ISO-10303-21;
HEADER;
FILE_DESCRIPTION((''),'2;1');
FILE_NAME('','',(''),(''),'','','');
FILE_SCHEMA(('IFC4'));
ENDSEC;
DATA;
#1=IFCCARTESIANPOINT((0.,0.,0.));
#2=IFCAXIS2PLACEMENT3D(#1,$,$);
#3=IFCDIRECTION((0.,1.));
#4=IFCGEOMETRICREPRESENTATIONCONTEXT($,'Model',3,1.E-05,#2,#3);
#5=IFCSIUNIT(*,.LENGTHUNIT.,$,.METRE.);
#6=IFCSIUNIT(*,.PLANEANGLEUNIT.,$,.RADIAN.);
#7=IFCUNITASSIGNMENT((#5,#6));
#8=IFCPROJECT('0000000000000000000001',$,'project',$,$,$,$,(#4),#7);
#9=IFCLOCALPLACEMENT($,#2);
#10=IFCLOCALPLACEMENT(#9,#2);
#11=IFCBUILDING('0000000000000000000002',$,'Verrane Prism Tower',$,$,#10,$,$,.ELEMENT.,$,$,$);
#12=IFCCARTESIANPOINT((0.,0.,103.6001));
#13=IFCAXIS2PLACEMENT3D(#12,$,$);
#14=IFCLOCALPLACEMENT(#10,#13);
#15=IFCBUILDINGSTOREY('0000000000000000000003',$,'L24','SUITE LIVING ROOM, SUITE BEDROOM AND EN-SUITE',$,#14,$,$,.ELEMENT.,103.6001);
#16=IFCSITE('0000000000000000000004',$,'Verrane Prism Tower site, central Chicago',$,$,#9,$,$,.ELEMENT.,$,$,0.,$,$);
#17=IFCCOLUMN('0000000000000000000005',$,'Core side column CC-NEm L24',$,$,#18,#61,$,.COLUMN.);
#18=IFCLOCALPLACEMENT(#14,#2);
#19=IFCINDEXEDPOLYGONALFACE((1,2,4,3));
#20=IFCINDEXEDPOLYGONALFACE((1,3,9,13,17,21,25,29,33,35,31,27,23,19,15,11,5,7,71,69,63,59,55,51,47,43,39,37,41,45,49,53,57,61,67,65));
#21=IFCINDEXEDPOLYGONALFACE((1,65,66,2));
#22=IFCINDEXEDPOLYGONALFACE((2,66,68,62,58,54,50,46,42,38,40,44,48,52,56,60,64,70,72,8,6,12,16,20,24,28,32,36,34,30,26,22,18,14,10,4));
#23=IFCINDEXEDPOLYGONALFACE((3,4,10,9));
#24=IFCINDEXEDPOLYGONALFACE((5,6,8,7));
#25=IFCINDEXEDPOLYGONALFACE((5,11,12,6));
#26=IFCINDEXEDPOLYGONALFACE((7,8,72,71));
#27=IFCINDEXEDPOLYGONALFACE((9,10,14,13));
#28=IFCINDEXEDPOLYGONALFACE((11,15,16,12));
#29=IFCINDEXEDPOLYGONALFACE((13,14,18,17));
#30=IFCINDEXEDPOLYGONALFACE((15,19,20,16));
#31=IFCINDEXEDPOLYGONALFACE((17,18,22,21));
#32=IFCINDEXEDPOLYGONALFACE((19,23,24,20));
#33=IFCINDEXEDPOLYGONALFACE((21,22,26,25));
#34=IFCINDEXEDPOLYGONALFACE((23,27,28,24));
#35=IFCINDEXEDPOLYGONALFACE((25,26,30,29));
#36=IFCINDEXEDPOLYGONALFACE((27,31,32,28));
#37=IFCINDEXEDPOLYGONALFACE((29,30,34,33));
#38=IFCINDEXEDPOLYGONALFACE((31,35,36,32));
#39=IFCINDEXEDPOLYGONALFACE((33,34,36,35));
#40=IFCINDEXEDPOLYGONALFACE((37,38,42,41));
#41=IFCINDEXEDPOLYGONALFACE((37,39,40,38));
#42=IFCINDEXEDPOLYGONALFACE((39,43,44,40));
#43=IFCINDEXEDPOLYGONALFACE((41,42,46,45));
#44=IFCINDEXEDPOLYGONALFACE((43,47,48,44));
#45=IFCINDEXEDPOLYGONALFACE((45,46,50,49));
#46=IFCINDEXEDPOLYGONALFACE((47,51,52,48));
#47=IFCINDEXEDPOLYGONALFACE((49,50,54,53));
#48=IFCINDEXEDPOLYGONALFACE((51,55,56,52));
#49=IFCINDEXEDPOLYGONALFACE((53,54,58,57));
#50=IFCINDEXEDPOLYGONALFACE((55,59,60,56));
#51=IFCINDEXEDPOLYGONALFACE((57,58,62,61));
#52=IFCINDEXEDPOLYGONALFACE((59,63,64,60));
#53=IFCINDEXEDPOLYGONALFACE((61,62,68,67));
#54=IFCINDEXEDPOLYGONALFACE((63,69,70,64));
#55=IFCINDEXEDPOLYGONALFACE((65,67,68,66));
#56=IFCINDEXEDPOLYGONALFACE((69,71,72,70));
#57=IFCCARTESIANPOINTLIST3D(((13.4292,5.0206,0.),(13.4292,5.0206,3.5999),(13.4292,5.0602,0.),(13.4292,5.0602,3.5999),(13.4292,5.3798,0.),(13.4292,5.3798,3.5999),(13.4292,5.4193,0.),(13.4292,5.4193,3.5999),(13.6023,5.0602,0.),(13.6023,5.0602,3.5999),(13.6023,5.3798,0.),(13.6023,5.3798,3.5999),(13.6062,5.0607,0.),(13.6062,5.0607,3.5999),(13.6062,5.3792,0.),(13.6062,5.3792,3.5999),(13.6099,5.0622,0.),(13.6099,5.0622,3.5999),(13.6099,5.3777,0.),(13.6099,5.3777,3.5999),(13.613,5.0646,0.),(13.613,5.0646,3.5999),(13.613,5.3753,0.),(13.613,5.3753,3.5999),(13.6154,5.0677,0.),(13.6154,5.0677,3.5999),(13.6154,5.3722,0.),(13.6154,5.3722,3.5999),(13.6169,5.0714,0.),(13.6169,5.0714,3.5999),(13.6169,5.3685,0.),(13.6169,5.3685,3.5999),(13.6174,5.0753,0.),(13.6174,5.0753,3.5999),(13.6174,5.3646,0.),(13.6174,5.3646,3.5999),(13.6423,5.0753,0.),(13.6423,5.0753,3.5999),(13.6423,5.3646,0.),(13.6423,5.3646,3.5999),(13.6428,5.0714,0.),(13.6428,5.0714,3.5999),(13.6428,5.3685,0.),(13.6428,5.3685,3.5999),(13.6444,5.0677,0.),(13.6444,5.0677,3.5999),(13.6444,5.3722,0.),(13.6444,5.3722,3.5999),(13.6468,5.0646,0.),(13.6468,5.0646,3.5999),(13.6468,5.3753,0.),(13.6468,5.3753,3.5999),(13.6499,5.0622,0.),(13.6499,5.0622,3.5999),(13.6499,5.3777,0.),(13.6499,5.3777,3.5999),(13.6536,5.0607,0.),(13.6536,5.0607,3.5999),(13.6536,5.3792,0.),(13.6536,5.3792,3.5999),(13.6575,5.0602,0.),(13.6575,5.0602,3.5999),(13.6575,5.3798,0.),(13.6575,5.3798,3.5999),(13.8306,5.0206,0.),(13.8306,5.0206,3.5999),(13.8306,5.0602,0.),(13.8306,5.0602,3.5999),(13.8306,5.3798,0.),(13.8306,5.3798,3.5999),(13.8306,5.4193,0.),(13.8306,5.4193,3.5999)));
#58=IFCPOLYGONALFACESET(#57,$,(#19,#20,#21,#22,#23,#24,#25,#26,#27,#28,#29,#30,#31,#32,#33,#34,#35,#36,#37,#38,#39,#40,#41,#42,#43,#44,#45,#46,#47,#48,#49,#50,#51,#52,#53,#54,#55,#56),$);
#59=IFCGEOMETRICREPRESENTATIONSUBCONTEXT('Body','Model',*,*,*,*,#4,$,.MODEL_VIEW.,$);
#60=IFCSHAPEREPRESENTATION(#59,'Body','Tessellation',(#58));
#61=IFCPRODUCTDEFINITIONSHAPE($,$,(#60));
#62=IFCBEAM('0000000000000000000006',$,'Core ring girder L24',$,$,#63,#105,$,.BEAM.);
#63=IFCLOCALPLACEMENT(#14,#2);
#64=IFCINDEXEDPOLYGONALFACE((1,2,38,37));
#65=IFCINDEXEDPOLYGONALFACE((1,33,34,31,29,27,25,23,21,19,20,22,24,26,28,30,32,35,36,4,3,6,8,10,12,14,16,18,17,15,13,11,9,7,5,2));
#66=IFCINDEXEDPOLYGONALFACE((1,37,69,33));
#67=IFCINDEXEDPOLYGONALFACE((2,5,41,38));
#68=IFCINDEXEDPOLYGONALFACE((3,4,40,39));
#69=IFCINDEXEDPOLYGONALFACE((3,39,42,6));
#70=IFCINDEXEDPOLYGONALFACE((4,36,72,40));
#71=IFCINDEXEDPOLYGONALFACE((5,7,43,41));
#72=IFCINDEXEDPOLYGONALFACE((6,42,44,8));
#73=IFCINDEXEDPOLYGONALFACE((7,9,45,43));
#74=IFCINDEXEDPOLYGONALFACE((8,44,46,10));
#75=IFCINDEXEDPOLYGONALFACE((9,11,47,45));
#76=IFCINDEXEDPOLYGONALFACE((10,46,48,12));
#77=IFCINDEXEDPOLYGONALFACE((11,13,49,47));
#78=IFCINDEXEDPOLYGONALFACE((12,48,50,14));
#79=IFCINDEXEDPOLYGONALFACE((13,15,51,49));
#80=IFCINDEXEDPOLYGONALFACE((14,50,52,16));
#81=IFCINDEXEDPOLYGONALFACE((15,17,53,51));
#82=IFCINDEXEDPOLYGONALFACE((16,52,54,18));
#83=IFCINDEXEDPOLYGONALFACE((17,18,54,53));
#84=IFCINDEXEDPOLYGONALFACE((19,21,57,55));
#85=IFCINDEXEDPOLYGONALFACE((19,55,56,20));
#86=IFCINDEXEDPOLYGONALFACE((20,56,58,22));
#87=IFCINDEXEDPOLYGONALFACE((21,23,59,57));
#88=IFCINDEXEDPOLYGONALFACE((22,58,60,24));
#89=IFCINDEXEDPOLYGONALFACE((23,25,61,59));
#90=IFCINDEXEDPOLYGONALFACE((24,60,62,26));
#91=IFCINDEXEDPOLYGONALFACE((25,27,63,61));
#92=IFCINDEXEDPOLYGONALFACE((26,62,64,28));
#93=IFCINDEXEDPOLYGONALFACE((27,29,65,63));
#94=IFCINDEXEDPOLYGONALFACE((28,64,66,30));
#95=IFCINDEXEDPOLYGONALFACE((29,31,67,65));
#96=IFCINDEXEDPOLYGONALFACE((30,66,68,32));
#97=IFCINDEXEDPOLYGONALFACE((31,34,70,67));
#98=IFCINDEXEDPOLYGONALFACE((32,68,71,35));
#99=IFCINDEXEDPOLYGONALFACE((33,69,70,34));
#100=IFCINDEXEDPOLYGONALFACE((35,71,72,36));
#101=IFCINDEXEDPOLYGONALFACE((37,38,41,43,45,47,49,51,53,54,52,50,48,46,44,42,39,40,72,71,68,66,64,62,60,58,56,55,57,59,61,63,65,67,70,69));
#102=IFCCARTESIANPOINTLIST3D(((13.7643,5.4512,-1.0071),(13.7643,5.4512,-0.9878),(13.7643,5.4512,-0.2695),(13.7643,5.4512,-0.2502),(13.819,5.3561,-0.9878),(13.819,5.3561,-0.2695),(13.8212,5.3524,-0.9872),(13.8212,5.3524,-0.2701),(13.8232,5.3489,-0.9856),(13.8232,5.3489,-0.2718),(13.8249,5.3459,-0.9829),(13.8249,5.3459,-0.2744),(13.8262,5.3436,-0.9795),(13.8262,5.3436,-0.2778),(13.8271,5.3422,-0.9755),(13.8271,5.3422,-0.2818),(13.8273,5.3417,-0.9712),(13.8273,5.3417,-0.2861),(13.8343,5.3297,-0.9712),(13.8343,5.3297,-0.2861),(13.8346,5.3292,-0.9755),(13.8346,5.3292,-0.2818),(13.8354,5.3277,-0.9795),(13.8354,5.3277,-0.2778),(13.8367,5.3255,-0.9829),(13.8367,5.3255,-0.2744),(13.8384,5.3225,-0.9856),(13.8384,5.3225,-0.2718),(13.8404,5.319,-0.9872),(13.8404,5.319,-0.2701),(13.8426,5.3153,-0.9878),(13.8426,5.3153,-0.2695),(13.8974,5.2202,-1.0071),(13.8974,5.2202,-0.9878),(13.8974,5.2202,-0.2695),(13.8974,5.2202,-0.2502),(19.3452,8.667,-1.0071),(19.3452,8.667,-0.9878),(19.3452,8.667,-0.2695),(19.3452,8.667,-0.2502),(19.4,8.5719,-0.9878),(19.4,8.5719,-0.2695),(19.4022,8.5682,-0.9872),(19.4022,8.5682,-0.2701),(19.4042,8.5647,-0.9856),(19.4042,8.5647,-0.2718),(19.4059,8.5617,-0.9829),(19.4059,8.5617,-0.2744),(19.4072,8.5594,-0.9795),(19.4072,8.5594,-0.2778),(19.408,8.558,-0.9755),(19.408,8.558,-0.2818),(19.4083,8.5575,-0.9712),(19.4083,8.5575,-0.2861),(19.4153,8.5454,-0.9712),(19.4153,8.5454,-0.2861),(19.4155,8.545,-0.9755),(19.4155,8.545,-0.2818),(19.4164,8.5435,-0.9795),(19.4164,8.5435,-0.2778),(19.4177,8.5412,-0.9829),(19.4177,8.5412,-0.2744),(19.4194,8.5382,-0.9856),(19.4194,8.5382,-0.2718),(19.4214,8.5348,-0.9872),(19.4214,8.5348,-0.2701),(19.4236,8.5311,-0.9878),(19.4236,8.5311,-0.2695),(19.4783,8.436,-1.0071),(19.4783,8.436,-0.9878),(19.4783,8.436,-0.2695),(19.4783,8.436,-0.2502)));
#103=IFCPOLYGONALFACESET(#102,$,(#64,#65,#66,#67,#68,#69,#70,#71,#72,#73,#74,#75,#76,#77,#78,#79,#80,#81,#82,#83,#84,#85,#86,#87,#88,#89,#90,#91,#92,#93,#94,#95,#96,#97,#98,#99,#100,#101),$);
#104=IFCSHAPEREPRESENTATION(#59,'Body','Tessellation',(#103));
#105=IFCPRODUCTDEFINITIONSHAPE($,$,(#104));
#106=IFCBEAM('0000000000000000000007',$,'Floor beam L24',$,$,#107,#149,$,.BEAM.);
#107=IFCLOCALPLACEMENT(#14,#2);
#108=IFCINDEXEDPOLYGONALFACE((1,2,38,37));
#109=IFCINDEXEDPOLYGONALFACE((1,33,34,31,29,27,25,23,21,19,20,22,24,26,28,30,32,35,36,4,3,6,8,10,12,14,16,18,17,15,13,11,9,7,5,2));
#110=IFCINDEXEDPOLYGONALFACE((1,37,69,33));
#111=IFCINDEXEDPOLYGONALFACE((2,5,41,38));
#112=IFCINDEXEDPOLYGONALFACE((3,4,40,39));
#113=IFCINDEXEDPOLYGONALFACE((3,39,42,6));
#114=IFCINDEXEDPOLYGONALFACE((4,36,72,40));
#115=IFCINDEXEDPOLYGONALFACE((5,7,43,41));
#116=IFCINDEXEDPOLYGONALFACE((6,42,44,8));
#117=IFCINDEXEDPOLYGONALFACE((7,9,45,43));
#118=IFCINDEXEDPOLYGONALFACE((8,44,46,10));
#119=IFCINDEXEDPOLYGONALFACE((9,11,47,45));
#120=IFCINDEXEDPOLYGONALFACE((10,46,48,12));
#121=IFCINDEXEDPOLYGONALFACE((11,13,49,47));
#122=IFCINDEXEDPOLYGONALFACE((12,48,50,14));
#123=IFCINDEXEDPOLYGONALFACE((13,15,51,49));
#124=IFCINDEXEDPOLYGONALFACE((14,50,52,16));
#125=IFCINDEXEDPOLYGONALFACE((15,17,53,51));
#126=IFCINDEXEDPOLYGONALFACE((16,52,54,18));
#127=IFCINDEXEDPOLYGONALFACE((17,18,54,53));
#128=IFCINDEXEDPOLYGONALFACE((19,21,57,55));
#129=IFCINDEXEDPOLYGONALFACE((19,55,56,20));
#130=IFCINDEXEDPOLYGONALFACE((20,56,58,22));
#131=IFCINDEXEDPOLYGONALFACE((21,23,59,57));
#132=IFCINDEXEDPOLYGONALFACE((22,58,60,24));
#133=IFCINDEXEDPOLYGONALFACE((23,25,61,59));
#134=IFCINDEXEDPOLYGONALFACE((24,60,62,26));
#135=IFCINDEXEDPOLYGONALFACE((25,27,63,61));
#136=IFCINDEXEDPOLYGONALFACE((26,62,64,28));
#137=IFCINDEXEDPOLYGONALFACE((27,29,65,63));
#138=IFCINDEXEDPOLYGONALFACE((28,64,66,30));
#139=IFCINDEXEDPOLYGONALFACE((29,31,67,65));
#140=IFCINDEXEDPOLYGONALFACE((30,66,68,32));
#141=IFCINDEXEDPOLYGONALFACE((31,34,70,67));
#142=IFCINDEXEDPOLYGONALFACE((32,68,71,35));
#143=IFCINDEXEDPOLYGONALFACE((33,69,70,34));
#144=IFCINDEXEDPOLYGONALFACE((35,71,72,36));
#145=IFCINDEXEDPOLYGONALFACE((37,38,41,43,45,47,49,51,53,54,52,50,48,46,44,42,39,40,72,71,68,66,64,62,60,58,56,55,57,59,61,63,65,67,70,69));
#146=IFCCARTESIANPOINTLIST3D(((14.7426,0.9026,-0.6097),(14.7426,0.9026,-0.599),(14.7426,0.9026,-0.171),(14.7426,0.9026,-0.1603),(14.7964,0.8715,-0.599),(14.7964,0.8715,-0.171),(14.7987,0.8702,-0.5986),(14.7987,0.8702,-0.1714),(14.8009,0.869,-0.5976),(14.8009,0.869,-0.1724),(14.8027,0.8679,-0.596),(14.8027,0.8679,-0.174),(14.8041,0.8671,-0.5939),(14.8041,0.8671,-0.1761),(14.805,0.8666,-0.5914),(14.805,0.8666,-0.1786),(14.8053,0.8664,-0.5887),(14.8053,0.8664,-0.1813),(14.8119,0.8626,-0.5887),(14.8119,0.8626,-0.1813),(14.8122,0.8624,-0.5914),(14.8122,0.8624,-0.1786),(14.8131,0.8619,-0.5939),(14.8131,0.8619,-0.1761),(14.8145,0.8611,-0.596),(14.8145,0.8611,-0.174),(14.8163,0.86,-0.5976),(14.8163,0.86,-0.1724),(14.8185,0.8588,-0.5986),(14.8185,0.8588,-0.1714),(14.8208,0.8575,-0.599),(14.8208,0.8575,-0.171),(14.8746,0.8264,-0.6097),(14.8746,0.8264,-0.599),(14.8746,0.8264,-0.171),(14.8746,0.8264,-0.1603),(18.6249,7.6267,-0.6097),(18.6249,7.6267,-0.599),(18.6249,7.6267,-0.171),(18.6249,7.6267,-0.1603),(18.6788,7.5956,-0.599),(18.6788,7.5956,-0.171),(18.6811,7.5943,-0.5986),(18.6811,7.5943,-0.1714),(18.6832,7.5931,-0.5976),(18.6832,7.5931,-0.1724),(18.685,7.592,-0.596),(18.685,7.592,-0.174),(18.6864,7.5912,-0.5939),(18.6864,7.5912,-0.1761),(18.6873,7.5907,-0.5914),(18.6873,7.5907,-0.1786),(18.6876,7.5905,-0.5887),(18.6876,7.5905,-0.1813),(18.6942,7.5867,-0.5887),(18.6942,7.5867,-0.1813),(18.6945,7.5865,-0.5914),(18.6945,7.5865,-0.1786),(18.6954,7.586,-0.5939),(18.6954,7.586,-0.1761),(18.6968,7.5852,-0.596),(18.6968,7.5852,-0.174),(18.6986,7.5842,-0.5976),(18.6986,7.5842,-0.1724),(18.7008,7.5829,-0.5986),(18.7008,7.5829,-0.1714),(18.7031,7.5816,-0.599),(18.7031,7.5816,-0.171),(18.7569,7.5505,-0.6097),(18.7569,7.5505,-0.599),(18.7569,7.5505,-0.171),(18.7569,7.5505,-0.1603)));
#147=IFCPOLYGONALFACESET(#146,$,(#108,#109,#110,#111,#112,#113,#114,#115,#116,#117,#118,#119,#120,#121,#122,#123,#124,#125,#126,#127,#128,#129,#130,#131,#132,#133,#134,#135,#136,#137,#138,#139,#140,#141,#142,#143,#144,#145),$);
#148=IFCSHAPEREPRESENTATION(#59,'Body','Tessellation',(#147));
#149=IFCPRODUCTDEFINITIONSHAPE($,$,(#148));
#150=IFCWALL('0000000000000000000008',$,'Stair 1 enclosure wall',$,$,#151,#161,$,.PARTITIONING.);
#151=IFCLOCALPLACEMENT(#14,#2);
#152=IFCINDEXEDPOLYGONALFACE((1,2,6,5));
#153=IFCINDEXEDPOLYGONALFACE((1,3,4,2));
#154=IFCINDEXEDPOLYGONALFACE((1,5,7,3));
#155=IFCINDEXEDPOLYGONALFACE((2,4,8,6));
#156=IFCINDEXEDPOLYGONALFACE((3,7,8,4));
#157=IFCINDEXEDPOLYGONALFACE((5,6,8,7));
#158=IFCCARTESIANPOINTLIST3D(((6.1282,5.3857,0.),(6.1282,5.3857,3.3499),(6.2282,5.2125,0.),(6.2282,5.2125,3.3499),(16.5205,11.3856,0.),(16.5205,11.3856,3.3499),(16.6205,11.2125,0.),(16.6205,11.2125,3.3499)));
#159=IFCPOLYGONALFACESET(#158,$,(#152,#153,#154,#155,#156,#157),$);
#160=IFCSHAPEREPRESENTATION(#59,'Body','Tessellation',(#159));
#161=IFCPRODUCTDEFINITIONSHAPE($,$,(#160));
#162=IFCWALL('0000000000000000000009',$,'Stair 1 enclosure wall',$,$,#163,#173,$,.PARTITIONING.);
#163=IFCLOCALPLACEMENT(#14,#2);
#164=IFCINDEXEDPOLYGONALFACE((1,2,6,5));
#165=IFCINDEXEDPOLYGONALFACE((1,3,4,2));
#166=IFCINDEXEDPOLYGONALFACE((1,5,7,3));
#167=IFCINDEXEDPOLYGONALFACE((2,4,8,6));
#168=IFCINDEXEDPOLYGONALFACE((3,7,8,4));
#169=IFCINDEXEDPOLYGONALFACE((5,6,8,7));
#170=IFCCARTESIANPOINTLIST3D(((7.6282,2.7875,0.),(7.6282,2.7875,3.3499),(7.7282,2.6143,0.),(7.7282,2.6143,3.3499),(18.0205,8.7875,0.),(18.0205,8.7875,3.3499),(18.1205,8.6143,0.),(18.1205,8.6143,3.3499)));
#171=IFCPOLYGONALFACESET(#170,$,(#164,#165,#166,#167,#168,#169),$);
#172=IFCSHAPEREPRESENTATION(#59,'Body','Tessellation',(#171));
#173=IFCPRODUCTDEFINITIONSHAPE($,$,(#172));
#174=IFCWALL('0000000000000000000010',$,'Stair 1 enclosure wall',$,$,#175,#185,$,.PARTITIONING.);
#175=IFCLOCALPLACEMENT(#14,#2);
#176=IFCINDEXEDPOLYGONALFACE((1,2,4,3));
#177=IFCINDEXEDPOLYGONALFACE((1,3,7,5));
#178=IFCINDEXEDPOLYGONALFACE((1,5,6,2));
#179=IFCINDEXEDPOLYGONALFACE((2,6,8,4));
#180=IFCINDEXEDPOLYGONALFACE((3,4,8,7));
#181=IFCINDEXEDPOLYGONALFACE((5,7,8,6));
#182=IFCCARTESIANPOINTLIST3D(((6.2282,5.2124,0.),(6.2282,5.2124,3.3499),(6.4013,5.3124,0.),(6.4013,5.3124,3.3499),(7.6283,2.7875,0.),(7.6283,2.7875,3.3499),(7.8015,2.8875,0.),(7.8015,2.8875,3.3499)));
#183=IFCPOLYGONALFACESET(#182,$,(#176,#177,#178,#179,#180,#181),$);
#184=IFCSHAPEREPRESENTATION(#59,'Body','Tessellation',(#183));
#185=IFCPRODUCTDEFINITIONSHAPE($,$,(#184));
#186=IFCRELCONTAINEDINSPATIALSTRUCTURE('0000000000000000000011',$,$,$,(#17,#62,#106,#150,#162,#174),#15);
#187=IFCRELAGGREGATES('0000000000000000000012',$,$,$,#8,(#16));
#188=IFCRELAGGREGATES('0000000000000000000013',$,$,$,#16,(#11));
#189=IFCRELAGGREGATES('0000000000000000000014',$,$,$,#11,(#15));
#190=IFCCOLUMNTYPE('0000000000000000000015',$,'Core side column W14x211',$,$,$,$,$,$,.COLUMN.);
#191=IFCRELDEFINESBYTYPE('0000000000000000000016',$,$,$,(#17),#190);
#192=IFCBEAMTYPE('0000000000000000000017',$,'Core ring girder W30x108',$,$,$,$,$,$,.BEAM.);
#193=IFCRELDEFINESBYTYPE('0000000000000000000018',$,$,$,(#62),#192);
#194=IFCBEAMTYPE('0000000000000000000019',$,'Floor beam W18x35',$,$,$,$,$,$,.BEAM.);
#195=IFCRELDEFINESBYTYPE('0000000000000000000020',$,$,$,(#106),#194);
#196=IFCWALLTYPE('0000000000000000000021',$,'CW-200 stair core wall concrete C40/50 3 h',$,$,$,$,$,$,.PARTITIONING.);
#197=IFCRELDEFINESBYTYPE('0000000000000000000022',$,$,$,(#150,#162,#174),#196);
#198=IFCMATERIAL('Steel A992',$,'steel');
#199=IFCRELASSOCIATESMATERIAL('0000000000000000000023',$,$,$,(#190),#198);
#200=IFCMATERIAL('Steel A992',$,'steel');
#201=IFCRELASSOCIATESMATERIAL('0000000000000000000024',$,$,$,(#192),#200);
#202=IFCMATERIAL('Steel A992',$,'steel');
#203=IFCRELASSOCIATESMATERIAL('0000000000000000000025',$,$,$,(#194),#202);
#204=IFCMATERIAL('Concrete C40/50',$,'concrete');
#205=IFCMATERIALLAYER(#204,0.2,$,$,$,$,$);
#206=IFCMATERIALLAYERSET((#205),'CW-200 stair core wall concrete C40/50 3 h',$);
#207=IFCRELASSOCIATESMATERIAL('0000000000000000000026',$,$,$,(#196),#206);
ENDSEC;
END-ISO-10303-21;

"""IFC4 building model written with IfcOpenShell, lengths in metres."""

from ifc_helpers import new_model, si_unit, direction, frame, frame_2d, origin, origin_2d, place, context, subcontext, project, spatial, rectangle, i_section, extrude, material, layer, layer_set, material_profile, profile_set, type_object, element, save


model = new_model("IFC4")

# Units and contexts
model_context = context("Model", 3, precision=1e-05, world=origin(), true_north=direction((0.0, 1.0)))
body_context = subcontext(model_context, "Body", "Model", "MODEL_VIEW")
ifc_project = project(units=[si_unit("LENGTHUNIT", "METRE"), si_unit("PLANEANGLEUNIT", "RADIAN")], contexts=[model_context])

# Site, building, storey
site_placement = place(None, origin())
site = spatial("IfcSite", under=ifc_project, at=site_placement, Name="Verrane Prism Tower site, central Chicago", CompositionType="ELEMENT", RefElevation=0.0)
building_placement = place(site_placement, origin())
building = spatial("IfcBuilding", under=site, at=building_placement, Name="Verrane Prism Tower", CompositionType="ELEMENT")
storey_placement = place(building_placement, frame((0.0, 0.0, 103.6001)))
storey = spatial("IfcBuildingStorey", under=building, at=storey_placement, Name="L24", Description="SUITE LIVING ROOM, SUITE BEDROOM AND EN-SUITE", CompositionType="ELEMENT", Elevation=103.6001)

# Column
ifc_material_1 = material(Name="Steel A992", Category="steel")
ifc_material_profile_1 = material_profile(ifc_material_1, i_section(OverallWidth=0.4014, OverallDepth=0.3987, WebThickness=0.0249, FlangeThickness=0.0396, FilletRadius=0.0151, at=origin_2d()), Name="W14x211")
ifc_profile_set_1 = profile_set([ifc_material_profile_1], Name="Steel A992")
column_type = type_object("IfcColumnType", Name="Core side column W14x211", PredefinedType="COLUMN", material=ifc_profile_set_1)
column_placement = place(storey_placement, frame((13.6299, 5.22, 0.0), z_axis=(0.0, 0.0, 1.0), x_axis=(1.0, 0.0, 0.0)))
element("IfcColumn", 1, at=column_placement, inside=storey, type_object=column_type, Name="Core side column CC-NEm L24", PredefinedType="COLUMN", context=body_context, shape_type="SweptSolid", body=[
    extrude(i_section(OverallWidth=0.4014, OverallDepth=0.3987, WebThickness=0.0249, FlangeThickness=0.0396, FilletRadius=0.0151, at=origin_2d()), origin(), (0.0, 0.0, 1.0), 3.5999),
])

# Beams
ifc_material_2 = material(Name="Steel A992", Category="steel")
ifc_material_profile_2 = material_profile(ifc_material_2, i_section(OverallWidth=0.2666, OverallDepth=0.7568, WebThickness=0.0139, FlangeThickness=0.0193, FilletRadius=0.0166, at=origin_2d()), Name="W30x108")
ifc_profile_set_2 = profile_set([ifc_material_profile_2], Name="Steel A992")
beam_type_1 = type_object("IfcBeamType", Name="Core ring girder W30x108", PredefinedType="BEAM", material=ifc_profile_set_2)
beam_1_placement = place(storey_placement, frame((13.8308, 5.3357, -0.6287), z_axis=(0.866456, 0.499254, 0.0), x_axis=(-0.499254, 0.866456, 0.0)))
element("IfcBeam", 2, at=beam_1_placement, inside=storey, type_object=beam_type_1, Name="Core ring girder L24", PredefinedType="BEAM", context=body_context, shape_type="SweptSolid", body=[
    extrude(i_section(OverallWidth=0.2666, OverallDepth=0.7568, WebThickness=0.0139, FlangeThickness=0.0193, FilletRadius=0.0166, at=origin_2d()), origin(), (0.0, 0.0, 1.0), 6.4412),
])
ifc_material_3 = material(Name="Steel A992", Category="steel")
ifc_material_profile_3 = material_profile(ifc_material_3, i_section(OverallWidth=0.1523, OverallDepth=0.4495, WebThickness=0.0076, FlangeThickness=0.0107, FilletRadius=0.0103, at=origin_2d()), Name="W18x35")
ifc_profile_set_3 = profile_set([ifc_material_profile_3], Name="Steel A992")
beam_type_2 = type_object("IfcBeamType", Name="Floor beam W18x35", PredefinedType="BEAM", material=ifc_profile_set_3)
beam_2_placement = place(storey_placement, frame((14.8086, 0.8645, -0.385), z_axis=(0.500015, 0.866017, 0.0), x_axis=(-0.866017, 0.500015, 0.0)))
element("IfcBeam", 3, at=beam_2_placement, inside=storey, type_object=beam_type_2, Name="Floor beam L24", PredefinedType="BEAM", context=body_context, shape_type="SweptSolid", body=[
    extrude(i_section(OverallWidth=0.1523, OverallDepth=0.4495, WebThickness=0.0076, FlangeThickness=0.0107, FilletRadius=0.0103, at=origin_2d()), origin(), (0.0, 0.0, 1.0), 7.7644),
])

# Walls
ifc_material_4 = material(Name="Concrete C40/50", Category="concrete")
ifc_layer_1 = layer(ifc_material_4, 0.2)
ifc_layer_set_1 = layer_set([ifc_layer_1], Name="CW-200 stair core wall concrete C40/50 3 h")
wall_type_1 = type_object("IfcWallType", Name="CW-200 stair core wall concrete C40/50 3 h", PredefinedType="PARTITIONING", material=ifc_layer_set_1)
for number, where, z_axis, x_axis, name in (
    (4, (6.1782, 5.2991, 0.0), (0.0, 0.0, 1.0), (0.866026, 0.499999, 0.0), "Stair 1 enclosure wall"),
    (5, (7.6782, 2.7009, 0.0), (0.0, 0.0, 1.0), (0.866026, 0.499999, 0.0), "Stair 1 enclosure wall"),
):
    element("IfcWall", number, at=place(storey_placement, frame(where, z_axis=z_axis, x_axis=x_axis)), inside=storey, type_object=wall_type_1, Name=name, PredefinedType="PARTITIONING", context=body_context, shape_type="SweptSolid", body=[
        extrude(rectangle(XDim=12.0, YDim=0.2, at=frame_2d((6.0, 0.0))), origin(), (0.0, 0.0, 1.0), 3.3499),
    ])
wall_1_placement = place(storey_placement, frame((7.7148, 2.8376, 0.0), z_axis=(0.0, 0.0, 1.0), x_axis=(-0.50005, 0.865997, 0.0)))
element("IfcWall", 6, at=wall_1_placement, inside=storey, type_object=wall_type_1, Name="Stair 1 enclosure wall", PredefinedType="PARTITIONING", context=body_context, shape_type="SweptSolid", body=[
    extrude(rectangle(XDim=2.8, YDim=0.2, at=frame_2d((1.3999, 0.0))), origin(), (0.0, 0.0, 1.0), 3.3499),
])

save(model, "model.ifc")
